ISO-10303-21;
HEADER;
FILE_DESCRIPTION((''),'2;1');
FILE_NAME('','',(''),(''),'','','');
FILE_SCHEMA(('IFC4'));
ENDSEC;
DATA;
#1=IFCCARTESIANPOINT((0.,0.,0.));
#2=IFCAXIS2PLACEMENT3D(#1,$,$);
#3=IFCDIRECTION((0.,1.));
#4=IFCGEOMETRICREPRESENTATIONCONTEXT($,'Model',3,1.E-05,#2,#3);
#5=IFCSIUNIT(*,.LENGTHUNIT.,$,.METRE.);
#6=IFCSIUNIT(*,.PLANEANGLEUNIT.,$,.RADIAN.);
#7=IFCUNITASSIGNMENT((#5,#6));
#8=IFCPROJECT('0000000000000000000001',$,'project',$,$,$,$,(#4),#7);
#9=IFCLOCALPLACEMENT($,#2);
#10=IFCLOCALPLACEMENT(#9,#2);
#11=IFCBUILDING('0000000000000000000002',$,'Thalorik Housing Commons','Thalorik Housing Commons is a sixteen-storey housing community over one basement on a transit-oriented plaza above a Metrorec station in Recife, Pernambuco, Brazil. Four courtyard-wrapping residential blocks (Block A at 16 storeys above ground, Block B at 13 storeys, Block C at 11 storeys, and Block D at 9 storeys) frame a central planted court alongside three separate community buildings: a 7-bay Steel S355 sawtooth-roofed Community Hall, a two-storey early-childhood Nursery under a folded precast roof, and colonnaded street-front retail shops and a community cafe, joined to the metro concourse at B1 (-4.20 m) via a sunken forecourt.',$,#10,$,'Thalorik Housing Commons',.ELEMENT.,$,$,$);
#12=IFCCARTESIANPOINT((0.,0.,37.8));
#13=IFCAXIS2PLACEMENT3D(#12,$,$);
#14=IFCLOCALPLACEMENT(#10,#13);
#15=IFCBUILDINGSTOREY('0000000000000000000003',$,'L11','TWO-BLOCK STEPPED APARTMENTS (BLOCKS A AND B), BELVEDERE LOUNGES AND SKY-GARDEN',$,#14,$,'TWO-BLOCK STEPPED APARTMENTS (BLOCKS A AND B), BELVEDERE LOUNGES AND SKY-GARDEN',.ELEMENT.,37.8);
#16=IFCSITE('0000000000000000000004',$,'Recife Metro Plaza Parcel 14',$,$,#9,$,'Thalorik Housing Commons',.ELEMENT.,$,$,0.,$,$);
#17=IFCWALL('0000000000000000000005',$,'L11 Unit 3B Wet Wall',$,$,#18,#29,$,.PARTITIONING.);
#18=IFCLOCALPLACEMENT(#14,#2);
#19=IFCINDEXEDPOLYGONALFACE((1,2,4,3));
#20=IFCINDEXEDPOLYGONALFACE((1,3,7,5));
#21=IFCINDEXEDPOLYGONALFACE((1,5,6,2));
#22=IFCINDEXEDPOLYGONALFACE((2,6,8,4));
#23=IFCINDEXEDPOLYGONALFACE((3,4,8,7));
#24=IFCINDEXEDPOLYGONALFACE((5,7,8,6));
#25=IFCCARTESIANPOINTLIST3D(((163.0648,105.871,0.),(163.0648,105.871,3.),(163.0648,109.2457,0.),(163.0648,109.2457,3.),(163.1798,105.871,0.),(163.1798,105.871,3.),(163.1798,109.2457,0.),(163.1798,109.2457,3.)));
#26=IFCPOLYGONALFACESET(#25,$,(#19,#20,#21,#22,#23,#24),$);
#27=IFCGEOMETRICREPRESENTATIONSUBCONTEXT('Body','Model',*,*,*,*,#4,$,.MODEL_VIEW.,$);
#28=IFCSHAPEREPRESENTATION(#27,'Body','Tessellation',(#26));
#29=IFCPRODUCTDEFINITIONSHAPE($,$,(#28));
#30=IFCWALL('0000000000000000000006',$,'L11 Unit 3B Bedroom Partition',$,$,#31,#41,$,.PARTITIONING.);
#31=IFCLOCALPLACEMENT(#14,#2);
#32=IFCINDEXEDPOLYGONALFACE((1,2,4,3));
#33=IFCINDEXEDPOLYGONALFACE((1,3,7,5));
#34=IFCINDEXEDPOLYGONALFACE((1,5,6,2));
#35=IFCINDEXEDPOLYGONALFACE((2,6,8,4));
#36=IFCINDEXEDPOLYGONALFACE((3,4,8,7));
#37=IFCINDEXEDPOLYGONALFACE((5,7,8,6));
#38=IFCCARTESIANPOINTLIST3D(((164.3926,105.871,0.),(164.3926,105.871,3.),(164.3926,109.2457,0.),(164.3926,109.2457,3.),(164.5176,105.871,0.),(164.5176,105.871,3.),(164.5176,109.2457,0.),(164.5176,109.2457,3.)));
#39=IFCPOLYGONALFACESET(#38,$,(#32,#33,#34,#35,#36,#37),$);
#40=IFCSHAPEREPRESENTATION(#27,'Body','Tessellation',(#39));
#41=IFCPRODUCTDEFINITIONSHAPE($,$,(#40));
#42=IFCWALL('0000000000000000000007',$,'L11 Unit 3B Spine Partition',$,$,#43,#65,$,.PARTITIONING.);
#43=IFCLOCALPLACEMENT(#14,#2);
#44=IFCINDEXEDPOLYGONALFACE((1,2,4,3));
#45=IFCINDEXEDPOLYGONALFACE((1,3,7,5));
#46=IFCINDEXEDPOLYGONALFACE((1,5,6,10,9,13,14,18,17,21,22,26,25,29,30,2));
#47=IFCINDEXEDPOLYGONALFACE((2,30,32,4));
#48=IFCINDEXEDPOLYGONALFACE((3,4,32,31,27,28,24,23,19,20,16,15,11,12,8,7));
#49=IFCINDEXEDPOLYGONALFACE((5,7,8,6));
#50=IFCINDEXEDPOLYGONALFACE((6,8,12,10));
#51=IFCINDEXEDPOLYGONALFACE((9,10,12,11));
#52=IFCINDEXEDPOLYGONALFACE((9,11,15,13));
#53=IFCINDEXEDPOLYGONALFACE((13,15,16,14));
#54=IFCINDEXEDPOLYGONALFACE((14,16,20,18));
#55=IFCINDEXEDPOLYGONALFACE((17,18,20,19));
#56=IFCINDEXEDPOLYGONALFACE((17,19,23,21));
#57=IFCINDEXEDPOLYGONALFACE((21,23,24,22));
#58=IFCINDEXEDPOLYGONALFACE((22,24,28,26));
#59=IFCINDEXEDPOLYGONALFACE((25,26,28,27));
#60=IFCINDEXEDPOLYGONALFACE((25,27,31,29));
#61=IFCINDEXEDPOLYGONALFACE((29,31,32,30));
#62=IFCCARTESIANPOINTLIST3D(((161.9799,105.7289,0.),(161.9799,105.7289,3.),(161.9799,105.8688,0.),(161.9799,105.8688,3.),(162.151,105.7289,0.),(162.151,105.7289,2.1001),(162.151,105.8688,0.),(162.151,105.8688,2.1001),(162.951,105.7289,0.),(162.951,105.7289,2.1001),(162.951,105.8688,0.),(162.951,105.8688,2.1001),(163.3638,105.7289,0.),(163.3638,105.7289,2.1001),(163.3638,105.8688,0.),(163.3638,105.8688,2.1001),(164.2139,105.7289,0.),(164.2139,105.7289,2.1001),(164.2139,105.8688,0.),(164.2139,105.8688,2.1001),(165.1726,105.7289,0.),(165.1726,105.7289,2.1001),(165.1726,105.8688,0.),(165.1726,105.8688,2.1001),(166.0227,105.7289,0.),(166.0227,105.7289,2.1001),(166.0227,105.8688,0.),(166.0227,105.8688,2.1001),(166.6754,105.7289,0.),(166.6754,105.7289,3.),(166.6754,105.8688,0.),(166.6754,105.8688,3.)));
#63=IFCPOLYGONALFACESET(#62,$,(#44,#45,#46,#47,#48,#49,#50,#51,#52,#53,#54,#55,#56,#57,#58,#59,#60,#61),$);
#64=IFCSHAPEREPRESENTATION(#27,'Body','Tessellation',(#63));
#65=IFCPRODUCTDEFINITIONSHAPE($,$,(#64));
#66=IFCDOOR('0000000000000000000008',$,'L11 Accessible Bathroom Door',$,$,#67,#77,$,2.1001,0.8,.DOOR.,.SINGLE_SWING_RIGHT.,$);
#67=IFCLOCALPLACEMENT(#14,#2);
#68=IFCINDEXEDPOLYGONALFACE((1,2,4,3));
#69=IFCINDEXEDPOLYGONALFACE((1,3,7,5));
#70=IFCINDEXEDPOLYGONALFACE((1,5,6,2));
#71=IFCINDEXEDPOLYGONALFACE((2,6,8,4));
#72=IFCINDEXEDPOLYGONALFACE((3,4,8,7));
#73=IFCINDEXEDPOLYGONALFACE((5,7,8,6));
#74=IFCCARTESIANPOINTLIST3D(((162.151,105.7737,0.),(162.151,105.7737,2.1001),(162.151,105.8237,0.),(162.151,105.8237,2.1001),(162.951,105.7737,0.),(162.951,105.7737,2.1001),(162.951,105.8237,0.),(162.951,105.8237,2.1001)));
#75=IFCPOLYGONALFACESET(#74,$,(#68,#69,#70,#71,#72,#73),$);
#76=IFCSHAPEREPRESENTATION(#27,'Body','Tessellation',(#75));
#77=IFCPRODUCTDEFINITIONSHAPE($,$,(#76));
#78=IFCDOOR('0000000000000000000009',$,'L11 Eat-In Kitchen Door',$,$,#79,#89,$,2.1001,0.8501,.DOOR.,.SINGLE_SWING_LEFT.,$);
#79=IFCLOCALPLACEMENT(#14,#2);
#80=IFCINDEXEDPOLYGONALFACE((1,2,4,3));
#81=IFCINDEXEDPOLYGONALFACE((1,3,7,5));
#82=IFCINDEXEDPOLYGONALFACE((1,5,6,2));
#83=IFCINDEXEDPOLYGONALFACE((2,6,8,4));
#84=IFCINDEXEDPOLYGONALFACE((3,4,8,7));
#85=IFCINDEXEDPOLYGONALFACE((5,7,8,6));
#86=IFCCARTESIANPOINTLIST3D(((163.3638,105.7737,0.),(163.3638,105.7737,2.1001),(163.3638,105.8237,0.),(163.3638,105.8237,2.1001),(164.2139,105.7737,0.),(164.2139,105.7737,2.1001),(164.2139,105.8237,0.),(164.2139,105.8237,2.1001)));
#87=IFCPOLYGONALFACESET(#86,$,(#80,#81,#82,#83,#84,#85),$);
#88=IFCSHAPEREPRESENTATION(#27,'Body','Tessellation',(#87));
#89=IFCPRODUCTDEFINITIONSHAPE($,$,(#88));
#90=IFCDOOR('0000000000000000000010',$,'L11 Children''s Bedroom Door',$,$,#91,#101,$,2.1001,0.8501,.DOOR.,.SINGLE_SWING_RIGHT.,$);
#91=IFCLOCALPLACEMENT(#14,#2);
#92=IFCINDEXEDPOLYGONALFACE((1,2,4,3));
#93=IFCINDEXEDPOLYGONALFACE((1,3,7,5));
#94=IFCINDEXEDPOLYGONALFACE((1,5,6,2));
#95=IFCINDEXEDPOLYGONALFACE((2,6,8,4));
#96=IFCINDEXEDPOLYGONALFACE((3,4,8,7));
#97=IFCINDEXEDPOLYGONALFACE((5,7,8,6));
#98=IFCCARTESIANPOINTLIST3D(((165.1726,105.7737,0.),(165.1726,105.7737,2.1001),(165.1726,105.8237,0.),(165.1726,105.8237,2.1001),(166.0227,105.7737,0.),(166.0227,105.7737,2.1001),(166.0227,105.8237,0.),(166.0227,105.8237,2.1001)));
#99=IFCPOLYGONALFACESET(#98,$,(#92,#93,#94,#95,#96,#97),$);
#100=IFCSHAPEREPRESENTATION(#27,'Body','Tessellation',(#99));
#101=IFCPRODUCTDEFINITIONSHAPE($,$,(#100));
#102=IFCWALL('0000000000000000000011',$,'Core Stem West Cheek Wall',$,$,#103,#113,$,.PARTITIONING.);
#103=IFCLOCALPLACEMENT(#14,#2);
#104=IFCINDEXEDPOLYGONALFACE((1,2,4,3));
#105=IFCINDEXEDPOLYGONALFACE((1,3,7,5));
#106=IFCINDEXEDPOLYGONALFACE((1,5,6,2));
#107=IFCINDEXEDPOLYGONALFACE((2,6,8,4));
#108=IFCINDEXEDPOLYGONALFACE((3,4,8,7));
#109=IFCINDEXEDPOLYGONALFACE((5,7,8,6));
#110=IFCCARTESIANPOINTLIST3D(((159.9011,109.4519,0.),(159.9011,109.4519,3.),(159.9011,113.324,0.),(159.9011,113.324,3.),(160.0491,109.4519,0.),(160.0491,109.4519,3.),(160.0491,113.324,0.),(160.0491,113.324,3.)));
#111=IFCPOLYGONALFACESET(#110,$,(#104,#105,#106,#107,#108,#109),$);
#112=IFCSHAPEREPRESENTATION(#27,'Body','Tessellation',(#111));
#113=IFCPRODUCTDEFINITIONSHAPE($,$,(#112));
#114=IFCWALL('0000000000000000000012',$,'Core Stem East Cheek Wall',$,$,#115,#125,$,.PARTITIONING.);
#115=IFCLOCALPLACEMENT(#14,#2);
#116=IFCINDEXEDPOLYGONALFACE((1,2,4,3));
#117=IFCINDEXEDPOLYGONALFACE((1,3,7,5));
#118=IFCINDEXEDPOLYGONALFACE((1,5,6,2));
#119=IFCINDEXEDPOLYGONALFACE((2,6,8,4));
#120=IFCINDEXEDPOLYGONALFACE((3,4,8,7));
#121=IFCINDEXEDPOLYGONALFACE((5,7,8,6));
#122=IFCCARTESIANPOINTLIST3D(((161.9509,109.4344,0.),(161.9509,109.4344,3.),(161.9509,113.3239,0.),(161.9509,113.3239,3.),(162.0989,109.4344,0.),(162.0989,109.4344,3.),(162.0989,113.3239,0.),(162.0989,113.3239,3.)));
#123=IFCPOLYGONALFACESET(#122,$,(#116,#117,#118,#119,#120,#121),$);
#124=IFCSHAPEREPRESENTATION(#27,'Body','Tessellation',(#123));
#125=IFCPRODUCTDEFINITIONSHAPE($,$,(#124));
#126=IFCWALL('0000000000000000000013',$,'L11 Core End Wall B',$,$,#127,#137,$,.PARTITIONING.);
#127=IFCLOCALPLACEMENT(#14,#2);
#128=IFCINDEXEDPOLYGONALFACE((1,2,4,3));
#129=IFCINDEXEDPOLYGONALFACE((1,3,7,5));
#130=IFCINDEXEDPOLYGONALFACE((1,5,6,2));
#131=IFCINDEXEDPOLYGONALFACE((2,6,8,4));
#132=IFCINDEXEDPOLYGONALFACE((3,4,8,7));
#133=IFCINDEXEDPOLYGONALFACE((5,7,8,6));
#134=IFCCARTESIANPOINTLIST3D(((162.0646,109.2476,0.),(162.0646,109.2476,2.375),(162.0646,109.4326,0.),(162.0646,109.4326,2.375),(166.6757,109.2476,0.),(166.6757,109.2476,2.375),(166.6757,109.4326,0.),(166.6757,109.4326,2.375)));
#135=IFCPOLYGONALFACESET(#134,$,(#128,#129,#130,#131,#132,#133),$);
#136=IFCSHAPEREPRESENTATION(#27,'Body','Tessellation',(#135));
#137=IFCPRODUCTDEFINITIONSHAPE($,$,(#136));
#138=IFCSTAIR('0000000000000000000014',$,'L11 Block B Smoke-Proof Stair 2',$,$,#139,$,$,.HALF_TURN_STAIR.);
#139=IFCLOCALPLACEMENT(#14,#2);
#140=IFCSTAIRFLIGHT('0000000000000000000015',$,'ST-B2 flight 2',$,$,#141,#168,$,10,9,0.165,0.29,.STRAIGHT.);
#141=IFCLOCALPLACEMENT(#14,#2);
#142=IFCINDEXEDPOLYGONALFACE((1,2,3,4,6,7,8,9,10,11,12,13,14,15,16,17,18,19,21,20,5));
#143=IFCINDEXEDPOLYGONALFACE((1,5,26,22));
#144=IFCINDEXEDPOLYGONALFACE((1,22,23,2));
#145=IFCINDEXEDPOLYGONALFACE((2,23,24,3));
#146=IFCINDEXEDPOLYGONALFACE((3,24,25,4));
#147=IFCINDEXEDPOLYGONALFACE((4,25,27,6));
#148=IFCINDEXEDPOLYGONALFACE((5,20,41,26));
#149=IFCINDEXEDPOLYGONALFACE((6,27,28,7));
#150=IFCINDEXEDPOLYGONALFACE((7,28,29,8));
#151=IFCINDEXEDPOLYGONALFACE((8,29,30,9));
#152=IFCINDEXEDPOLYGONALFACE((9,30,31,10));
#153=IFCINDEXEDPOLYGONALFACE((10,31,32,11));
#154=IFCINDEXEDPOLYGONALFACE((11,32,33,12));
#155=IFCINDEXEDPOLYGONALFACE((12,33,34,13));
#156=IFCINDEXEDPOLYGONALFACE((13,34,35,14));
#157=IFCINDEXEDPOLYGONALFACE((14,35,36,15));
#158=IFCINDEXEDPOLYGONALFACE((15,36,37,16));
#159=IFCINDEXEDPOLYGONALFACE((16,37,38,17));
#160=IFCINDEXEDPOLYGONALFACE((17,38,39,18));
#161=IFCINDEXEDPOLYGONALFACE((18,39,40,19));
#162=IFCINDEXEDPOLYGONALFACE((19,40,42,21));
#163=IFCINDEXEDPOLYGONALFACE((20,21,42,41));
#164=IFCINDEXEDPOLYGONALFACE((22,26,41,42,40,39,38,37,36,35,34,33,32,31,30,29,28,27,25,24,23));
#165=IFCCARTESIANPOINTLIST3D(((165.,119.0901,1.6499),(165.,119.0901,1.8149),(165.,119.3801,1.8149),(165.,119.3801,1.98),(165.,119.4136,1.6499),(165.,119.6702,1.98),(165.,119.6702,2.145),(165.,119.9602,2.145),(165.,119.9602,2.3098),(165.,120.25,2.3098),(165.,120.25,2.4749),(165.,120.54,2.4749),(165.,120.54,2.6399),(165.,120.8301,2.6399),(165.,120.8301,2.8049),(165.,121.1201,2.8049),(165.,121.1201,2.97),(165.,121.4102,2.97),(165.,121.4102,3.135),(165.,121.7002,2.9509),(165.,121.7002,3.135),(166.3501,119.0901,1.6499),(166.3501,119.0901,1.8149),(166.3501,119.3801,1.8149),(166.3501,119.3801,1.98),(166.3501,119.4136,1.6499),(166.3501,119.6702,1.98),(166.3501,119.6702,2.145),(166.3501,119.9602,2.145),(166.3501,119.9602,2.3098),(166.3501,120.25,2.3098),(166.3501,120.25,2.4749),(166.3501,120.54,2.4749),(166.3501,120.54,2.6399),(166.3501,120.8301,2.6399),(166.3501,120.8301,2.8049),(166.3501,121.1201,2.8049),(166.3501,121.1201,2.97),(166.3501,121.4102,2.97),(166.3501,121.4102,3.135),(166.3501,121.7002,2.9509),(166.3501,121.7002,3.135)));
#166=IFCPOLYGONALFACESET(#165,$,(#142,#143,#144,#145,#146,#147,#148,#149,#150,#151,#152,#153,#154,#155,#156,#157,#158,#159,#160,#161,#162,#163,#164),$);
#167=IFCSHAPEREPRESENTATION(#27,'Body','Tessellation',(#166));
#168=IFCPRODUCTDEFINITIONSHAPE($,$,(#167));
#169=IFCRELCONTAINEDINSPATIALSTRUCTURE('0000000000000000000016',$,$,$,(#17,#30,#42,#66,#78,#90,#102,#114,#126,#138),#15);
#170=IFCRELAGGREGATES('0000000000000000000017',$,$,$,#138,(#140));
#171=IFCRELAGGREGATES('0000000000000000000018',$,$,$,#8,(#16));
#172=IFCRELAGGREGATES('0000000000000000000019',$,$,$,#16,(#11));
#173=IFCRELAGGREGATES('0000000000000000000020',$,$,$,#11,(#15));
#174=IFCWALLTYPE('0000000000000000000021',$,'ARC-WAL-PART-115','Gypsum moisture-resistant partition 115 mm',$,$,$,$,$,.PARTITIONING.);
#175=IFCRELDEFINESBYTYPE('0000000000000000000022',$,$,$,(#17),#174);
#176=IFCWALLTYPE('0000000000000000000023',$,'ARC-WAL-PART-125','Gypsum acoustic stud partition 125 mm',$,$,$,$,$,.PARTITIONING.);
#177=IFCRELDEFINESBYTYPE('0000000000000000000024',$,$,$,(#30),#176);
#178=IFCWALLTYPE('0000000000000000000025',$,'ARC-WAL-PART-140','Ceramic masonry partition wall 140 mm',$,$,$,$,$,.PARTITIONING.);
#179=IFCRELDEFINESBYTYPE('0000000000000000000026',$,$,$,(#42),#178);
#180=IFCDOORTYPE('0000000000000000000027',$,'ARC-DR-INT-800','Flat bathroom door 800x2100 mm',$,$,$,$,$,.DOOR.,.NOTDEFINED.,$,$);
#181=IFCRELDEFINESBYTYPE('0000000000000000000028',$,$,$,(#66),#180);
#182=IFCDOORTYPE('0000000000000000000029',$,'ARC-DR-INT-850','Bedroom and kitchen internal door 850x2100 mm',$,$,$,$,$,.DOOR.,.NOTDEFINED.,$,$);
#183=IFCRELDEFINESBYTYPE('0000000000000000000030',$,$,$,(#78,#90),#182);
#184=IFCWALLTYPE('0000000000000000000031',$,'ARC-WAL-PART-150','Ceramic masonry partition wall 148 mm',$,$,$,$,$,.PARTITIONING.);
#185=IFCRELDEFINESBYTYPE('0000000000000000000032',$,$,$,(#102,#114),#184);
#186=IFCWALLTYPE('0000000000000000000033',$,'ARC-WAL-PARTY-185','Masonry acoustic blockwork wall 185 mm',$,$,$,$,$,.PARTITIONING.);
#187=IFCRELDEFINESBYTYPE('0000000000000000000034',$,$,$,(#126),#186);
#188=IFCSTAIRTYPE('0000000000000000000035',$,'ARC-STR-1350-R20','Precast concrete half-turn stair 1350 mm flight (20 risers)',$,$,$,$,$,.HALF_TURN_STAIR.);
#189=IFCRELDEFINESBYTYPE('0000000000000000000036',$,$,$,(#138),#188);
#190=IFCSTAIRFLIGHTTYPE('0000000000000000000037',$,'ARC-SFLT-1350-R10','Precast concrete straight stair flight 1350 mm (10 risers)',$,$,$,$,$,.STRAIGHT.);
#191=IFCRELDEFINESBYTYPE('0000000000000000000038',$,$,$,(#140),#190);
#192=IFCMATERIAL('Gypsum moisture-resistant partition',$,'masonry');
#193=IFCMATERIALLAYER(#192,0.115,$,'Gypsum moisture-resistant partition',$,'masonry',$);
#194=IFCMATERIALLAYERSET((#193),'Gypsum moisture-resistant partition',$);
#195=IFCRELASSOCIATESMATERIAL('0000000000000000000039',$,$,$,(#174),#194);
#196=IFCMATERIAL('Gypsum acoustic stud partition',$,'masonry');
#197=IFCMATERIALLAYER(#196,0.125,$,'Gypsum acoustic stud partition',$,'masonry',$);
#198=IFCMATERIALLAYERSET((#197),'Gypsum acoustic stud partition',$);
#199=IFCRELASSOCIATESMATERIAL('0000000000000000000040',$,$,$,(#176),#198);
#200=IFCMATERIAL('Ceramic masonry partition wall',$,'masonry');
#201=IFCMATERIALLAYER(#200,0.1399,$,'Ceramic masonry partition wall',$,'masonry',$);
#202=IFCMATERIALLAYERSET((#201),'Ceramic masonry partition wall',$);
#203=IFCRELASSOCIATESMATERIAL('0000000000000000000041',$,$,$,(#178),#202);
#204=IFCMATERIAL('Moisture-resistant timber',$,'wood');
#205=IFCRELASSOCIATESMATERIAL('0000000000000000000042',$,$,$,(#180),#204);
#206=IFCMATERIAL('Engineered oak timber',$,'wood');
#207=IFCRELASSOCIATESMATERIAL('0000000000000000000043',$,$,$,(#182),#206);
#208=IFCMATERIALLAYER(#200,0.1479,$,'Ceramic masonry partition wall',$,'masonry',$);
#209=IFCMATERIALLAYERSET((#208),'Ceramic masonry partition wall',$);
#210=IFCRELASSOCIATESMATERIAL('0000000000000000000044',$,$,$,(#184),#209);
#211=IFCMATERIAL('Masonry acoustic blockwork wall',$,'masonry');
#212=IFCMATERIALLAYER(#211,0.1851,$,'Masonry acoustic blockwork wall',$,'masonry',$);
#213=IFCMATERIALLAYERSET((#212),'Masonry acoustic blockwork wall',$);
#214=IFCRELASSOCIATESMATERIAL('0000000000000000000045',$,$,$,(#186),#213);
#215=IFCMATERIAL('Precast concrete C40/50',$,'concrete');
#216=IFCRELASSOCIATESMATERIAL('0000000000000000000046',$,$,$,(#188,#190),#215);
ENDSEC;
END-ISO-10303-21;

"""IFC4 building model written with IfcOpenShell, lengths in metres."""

from ifc_helpers import new_model, si_unit, direction, frame, frame_2d, origin, place, context, subcontext, project, spatial, polyline, rectangle, outline, extrude, material, layer, layer_set, type_object, element, fill, aggregate, save


model = new_model("IFC4")

# Units and contexts
model_context = context("Model", 3, precision=1e-05, world=origin(), true_north=direction((0.0, 1.0)))
body_context = subcontext(model_context, "Body", "Model", "MODEL_VIEW")
ifc_project = project(units=[si_unit("LENGTHUNIT", "METRE"), si_unit("PLANEANGLEUNIT", "RADIAN")], contexts=[model_context])

# Site, building, storey
site_placement = place(None, origin())
site = spatial("IfcSite", under=ifc_project, at=site_placement, Name="Recife Metro Plaza Parcel 14", LongName="Thalorik Housing Commons", CompositionType="ELEMENT", RefElevation=0.0)
building_placement = place(site_placement, origin())
building = spatial("IfcBuilding", under=site, at=building_placement, Name="Thalorik Housing Commons", Description="Thalorik Housing Commons is a sixteen-storey housing community over one basement on a transit-oriented plaza above a Metrorec station in Recife, Pernambuco, Brazil. Four courtyard-wrapping residential blocks (Block A at 16 storeys above ground, Block B at 13 storeys, Block C at 11 storeys, and Block D at 9 storeys) frame a central planted court alongside three separate community buildings: a 7-bay Steel S355 sawtooth-roofed Community Hall, a two-storey early-childhood Nursery under a folded precast roof, and colonnaded street-front retail shops and a community cafe, joined to the metro concourse at B1 (-4.20 m) via a sunken forecourt.", LongName="Thalorik Housing Commons", CompositionType="ELEMENT")
storey_placement = place(building_placement, frame((0.0, 0.0, 37.8)))
storey = spatial("IfcBuildingStorey", under=building, at=storey_placement, Name="L11", Description="TWO-BLOCK STEPPED APARTMENTS (BLOCKS A AND B), BELVEDERE LOUNGES AND SKY-GARDEN", LongName="TWO-BLOCK STEPPED APARTMENTS (BLOCKS A AND B), BELVEDERE LOUNGES AND SKY-GARDEN", CompositionType="ELEMENT", Elevation=37.8)

# Shared definitions
ifc_material_1 = material(Name="Precast concrete C40/50", Category="concrete")

# Walls
ifc_material_2 = material(Name="Gypsum moisture-resistant partition", Category="masonry")
ifc_layer_1 = layer(ifc_material_2, 0.115, Name="Gypsum moisture-resistant partition", Category="masonry")
ifc_layer_set_1 = layer_set([ifc_layer_1], Name="Gypsum moisture-resistant partition")
wall_type_1 = type_object("IfcWallType", Name="ARC-WAL-PART-115", Description="Gypsum moisture-resistant partition 115 mm", PredefinedType="PARTITIONING", material=ifc_layer_set_1)
wall_1_placement = place(storey_placement, frame((163.1223, 105.8708, 0.0), z_axis=(0.0, 0.0, 1.0), x_axis=(0.0, 1.0, 0.0)))
element("IfcWall", 1, at=wall_1_placement, inside=storey, type_object=wall_type_1, Name="L11 Unit 3B Wet Wall", PredefinedType="PARTITIONING", context=body_context, shape_type="SweptSolid", body=[
    extrude(rectangle(XDim=3.3748, YDim=0.115, at=frame_2d((1.6875, 0.0))), origin(), (0.0, 0.0, 1.0), 3.0),
])
ifc_material_3 = material(Name="Gypsum acoustic stud partition", Category="masonry")
ifc_layer_2 = layer(ifc_material_3, 0.125, Name="Gypsum acoustic stud partition", Category="masonry")
ifc_layer_set_2 = layer_set([ifc_layer_2], Name="Gypsum acoustic stud partition")
wall_type_2 = type_object("IfcWallType", Name="ARC-WAL-PART-125", Description="Gypsum acoustic stud partition 125 mm", PredefinedType="PARTITIONING", material=ifc_layer_set_2)
wall_2_placement = place(storey_placement, frame((164.4551, 105.8708, 0.0), z_axis=(0.0, 0.0, 1.0), x_axis=(0.0, 1.0, 0.0)))
element("IfcWall", 2, at=wall_2_placement, inside=storey, type_object=wall_type_2, Name="L11 Unit 3B Bedroom Partition", PredefinedType="PARTITIONING", context=body_context, shape_type="SweptSolid", body=[
    extrude(rectangle(XDim=3.3748, YDim=0.125, at=frame_2d((1.6875, 0.0))), origin(), (0.0, 0.0, 1.0), 3.0),
])

# Wall, openings, doors
ifc_material_4 = material(Name="Ceramic masonry partition wall", Category="masonry")
ifc_layer_3 = layer(ifc_material_4, 0.1399, Name="Ceramic masonry partition wall", Category="masonry")
ifc_layer_set_3 = layer_set([ifc_layer_3], Name="Ceramic masonry partition wall")
wall_type_3 = type_object("IfcWallType", Name="ARC-WAL-PART-140", Description="Ceramic masonry partition wall 140 mm", PredefinedType="PARTITIONING", material=ifc_layer_set_3)
wall_3_placement = place(storey_placement, frame((161.98, 105.7988, 0.0), z_axis=(0.0, 0.0, 1.0), x_axis=(1.0, 0.0, 0.0)))
wall_3 = element("IfcWall", 3, at=wall_3_placement, inside=storey, type_object=wall_type_3, Name="L11 Unit 3B Spine Partition", PredefinedType="PARTITIONING", context=body_context, shape_type="SweptSolid", body=[
    extrude(rectangle(XDim=4.6956, YDim=0.1399, at=frame_2d((2.3477, 0.0))), origin(), (0.0, 0.0, 1.0), 3.0),
])
opening_1_placement = place(wall_3_placement, frame((0.1711, 0.0, 0.0)))
opening_1 = element("IfcOpeningElement", 4, at=opening_1_placement, cuts=wall_3, PredefinedType="OPENING", context=body_context, shape_type="SweptSolid", body=[
    extrude(rectangle(XDim=0.8, YDim=2.1001, at=frame_2d((0.3999, 1.05))), frame((0.0, 0.0801, 0.0), z_axis=(0.0, -1.0, 0.0), x_axis=(1.0, 0.0, 0.0)), (0.0, 0.0, 1.0), 0.1599),
])
opening_2_placement = place(wall_3_placement, frame((1.3838, 0.0, 0.0)))
opening_2 = element("IfcOpeningElement", 5, at=opening_2_placement, cuts=wall_3, PredefinedType="OPENING", context=body_context, shape_type="SweptSolid", body=[
    extrude(rectangle(XDim=0.8501, YDim=2.1001, at=frame_2d((0.425, 1.05))), frame((0.0, 0.0801, 0.0), z_axis=(0.0, -1.0, 0.0), x_axis=(1.0, 0.0, 0.0)), (0.0, 0.0, 1.0), 0.1599),
])
opening_3_placement = place(wall_3_placement, frame((3.1926, 0.0, 0.0)))
opening_3 = element("IfcOpeningElement", 6, at=opening_3_placement, cuts=wall_3, PredefinedType="OPENING", context=body_context, shape_type="SweptSolid", body=[
    extrude(rectangle(XDim=0.8501, YDim=2.1001, at=frame_2d((0.425, 1.05))), frame((0.0, 0.0801, 0.0), z_axis=(0.0, -1.0, 0.0), x_axis=(1.0, 0.0, 0.0)), (0.0, 0.0, 1.0), 0.1599),
])
ifc_material_5 = material(Name="Moisture-resistant timber", Category="wood")
door_type_1 = type_object("IfcDoorType", Name="ARC-DR-INT-800", Description="Flat bathroom door 800x2100 mm", OperationType="NOTDEFINED", PredefinedType="DOOR", material=ifc_material_5)
door_1_placement = place(opening_1_placement, origin())
door_1 = element("IfcDoor", 7, at=door_1_placement, inside=storey, type_object=door_type_1, Name="L11 Accessible Bathroom Door", OperationType="SINGLE_SWING_RIGHT", OverallHeight=2.1001, OverallWidth=0.8, PredefinedType="DOOR", context=body_context, shape_type="SweptSolid", body=[
    extrude(rectangle(XDim=0.8, YDim=2.1001, at=frame_2d((0.3999, 1.05))), frame((0.0, 0.0249, 0.0), z_axis=(0.0, -1.0, 0.0), x_axis=(1.0, 0.0, 0.0)), (0.0, 0.0, 1.0), 0.05),
])
fill(opening_1, door_1)
ifc_material_6 = material(Name="Engineered oak timber", Category="wood")
door_type_2 = type_object("IfcDoorType", Name="ARC-DR-INT-850", Description="Bedroom and kitchen internal door 850x2100 mm", OperationType="NOTDEFINED", PredefinedType="DOOR", material=ifc_material_6)
door_2_placement = place(opening_2_placement, origin())
door_2 = element("IfcDoor", 8, at=door_2_placement, inside=storey, type_object=door_type_2, Name="L11 Eat-In Kitchen Door", OperationType="SINGLE_SWING_LEFT", OverallHeight=2.1001, OverallWidth=0.8501, PredefinedType="DOOR", context=body_context, shape_type="SweptSolid", body=[
    extrude(rectangle(XDim=0.8501, YDim=2.1001, at=frame_2d((0.425, 1.05))), frame((0.0, 0.0249, 0.0), z_axis=(0.0, -1.0, 0.0), x_axis=(1.0, 0.0, 0.0)), (0.0, 0.0, 1.0), 0.05),
])
fill(opening_2, door_2)
door_3_placement = place(opening_3_placement, origin())
door_3 = element("IfcDoor", 9, at=door_3_placement, inside=storey, type_object=door_type_2, Name="L11 Children's Bedroom Door", OperationType="SINGLE_SWING_RIGHT", OverallHeight=2.1001, OverallWidth=0.8501, PredefinedType="DOOR", context=body_context, shape_type="SweptSolid", body=[
    extrude(rectangle(XDim=0.8501, YDim=2.1001, at=frame_2d((0.425, 1.05))), frame((0.0, 0.0249, 0.0), z_axis=(0.0, -1.0, 0.0), x_axis=(1.0, 0.0, 0.0)), (0.0, 0.0, 1.0), 0.05),
])
fill(opening_3, door_3)

# Walls
ifc_layer_4 = layer(ifc_material_4, 0.1479, Name="Ceramic masonry partition wall", Category="masonry")
ifc_layer_set_4 = layer_set([ifc_layer_4], Name="Ceramic masonry partition wall")
wall_type_4 = type_object("IfcWallType", Name="ARC-WAL-PART-150", Description="Ceramic masonry partition wall 148 mm", PredefinedType="PARTITIONING", material=ifc_layer_set_4)
wall_4_placement = place(storey_placement, frame((159.9751, 113.324, 0.0), z_axis=(0.0, 0.0, 1.0), x_axis=(0.0, -1.0, 0.0)))
element("IfcWall", 10, at=wall_4_placement, inside=storey, type_object=wall_type_4, Name="Core Stem West Cheek Wall", PredefinedType="PARTITIONING", context=body_context, shape_type="SweptSolid", body=[
    extrude(rectangle(XDim=3.8721, YDim=0.1479, at=frame_2d((1.936, 0.0))), origin(), (0.0, 0.0, 1.0), 3.0),
])
wall_5_placement = place(storey_placement, frame((162.0249, 113.324, 0.0), z_axis=(0.0, 0.0, 1.0), x_axis=(0.0, -1.0, 0.0)))
element("IfcWall", 11, at=wall_5_placement, inside=storey, type_object=wall_type_4, Name="Core Stem East Cheek Wall", PredefinedType="PARTITIONING", context=body_context, shape_type="SweptSolid", body=[
    extrude(rectangle(XDim=3.8894, YDim=0.1479, at=frame_2d((1.9448, 0.0))), origin(), (0.0, 0.0, 1.0), 3.0),
])

# Wall
ifc_material_7 = material(Name="Masonry acoustic blockwork wall", Category="masonry")
ifc_layer_5 = layer(ifc_material_7, 0.1851, Name="Masonry acoustic blockwork wall", Category="masonry")
ifc_layer_set_5 = layer_set([ifc_layer_5], Name="Masonry acoustic blockwork wall")
wall_type_5 = type_object("IfcWallType", Name="ARC-WAL-PARTY-185", Description="Masonry acoustic blockwork wall 185 mm", PredefinedType="PARTITIONING", material=ifc_layer_set_5)
wall_6_placement = place(storey_placement, frame((162.0645, 109.3401, 0.0), z_axis=(0.0, 0.0, 1.0), x_axis=(1.0, 0.0, 0.0)))
element("IfcWall", 12, at=wall_6_placement, inside=storey, type_object=wall_type_5, Name="L11 Core End Wall B", PredefinedType="PARTITIONING", context=body_context, shape_type="SweptSolid", body=[
    extrude(rectangle(XDim=4.6111, YDim=0.1851, at=frame_2d((2.3057, 0.0))), origin(), (0.0, 0.0, 1.0), 2.375),
])

# Stair, stair flight
stair_type = type_object("IfcStairType", Name="ARC-STR-1350-R20", Description="Precast concrete half-turn stair 1350 mm flight (20 risers)", PredefinedType="HALF_TURN_STAIR", material=ifc_material_1)
stair_placement = place(storey_placement, origin())
stair = element("IfcStair", 13, at=stair_placement, inside=storey, type_object=stair_type, Name="L11 Block B Smoke-Proof Stair 2", PredefinedType="HALF_TURN_STAIR")
stair_flight_type = type_object("IfcStairFlightType", Name="ARC-SFLT-1350-R10", Description="Precast concrete straight stair flight 1350 mm (10 risers)", PredefinedType="STRAIGHT", material=ifc_material_1)
stair_flight_placement = place(storey_placement, frame((165.675, 119.0901, 1.6499), z_axis=(0.0, 0.0, 1.0), x_axis=(0.0, 1.0, 0.0)))
stair_flight = element("IfcStairFlight", 14, at=stair_flight_placement, type_object=stair_flight_type, Name="ST-B2 flight 2", NumberOfRisers=10, NumberOfTreads=9, PredefinedType="STRAIGHT", RiserHeight=0.165, TreadLength=0.29, context=body_context, shape_type="SweptSolid", body=[
    extrude(outline(polyline([(0.0, 0.0), (0.0, 0.165), (0.29, 0.165), (0.29, 0.3301), (0.5801, 0.3301), (0.5801, 0.4951), (0.8701, 0.4951), (0.8701, 0.6599), (1.1599, 0.6599), (1.1599, 0.825), (1.45, 0.825), (1.45, 0.99), (1.74, 0.99), (1.74, 1.155), (2.03, 1.155), (2.03, 1.3201), (2.3201, 1.3201), (2.3201, 1.4851), (2.6101, 1.4851), (2.6101, 1.6499), (2.6101, 1.301), (0.3235, 0.0), (0.0, 0.0)])), frame((0.0, 0.675, 0.0), z_axis=(0.0, -1.0, 0.0), x_axis=(1.0, 0.0, 0.0)), (0.0, 0.0, 1.0), 1.3501),
])
aggregate(stair, [stair_flight])

save(model, "model.ifc")
